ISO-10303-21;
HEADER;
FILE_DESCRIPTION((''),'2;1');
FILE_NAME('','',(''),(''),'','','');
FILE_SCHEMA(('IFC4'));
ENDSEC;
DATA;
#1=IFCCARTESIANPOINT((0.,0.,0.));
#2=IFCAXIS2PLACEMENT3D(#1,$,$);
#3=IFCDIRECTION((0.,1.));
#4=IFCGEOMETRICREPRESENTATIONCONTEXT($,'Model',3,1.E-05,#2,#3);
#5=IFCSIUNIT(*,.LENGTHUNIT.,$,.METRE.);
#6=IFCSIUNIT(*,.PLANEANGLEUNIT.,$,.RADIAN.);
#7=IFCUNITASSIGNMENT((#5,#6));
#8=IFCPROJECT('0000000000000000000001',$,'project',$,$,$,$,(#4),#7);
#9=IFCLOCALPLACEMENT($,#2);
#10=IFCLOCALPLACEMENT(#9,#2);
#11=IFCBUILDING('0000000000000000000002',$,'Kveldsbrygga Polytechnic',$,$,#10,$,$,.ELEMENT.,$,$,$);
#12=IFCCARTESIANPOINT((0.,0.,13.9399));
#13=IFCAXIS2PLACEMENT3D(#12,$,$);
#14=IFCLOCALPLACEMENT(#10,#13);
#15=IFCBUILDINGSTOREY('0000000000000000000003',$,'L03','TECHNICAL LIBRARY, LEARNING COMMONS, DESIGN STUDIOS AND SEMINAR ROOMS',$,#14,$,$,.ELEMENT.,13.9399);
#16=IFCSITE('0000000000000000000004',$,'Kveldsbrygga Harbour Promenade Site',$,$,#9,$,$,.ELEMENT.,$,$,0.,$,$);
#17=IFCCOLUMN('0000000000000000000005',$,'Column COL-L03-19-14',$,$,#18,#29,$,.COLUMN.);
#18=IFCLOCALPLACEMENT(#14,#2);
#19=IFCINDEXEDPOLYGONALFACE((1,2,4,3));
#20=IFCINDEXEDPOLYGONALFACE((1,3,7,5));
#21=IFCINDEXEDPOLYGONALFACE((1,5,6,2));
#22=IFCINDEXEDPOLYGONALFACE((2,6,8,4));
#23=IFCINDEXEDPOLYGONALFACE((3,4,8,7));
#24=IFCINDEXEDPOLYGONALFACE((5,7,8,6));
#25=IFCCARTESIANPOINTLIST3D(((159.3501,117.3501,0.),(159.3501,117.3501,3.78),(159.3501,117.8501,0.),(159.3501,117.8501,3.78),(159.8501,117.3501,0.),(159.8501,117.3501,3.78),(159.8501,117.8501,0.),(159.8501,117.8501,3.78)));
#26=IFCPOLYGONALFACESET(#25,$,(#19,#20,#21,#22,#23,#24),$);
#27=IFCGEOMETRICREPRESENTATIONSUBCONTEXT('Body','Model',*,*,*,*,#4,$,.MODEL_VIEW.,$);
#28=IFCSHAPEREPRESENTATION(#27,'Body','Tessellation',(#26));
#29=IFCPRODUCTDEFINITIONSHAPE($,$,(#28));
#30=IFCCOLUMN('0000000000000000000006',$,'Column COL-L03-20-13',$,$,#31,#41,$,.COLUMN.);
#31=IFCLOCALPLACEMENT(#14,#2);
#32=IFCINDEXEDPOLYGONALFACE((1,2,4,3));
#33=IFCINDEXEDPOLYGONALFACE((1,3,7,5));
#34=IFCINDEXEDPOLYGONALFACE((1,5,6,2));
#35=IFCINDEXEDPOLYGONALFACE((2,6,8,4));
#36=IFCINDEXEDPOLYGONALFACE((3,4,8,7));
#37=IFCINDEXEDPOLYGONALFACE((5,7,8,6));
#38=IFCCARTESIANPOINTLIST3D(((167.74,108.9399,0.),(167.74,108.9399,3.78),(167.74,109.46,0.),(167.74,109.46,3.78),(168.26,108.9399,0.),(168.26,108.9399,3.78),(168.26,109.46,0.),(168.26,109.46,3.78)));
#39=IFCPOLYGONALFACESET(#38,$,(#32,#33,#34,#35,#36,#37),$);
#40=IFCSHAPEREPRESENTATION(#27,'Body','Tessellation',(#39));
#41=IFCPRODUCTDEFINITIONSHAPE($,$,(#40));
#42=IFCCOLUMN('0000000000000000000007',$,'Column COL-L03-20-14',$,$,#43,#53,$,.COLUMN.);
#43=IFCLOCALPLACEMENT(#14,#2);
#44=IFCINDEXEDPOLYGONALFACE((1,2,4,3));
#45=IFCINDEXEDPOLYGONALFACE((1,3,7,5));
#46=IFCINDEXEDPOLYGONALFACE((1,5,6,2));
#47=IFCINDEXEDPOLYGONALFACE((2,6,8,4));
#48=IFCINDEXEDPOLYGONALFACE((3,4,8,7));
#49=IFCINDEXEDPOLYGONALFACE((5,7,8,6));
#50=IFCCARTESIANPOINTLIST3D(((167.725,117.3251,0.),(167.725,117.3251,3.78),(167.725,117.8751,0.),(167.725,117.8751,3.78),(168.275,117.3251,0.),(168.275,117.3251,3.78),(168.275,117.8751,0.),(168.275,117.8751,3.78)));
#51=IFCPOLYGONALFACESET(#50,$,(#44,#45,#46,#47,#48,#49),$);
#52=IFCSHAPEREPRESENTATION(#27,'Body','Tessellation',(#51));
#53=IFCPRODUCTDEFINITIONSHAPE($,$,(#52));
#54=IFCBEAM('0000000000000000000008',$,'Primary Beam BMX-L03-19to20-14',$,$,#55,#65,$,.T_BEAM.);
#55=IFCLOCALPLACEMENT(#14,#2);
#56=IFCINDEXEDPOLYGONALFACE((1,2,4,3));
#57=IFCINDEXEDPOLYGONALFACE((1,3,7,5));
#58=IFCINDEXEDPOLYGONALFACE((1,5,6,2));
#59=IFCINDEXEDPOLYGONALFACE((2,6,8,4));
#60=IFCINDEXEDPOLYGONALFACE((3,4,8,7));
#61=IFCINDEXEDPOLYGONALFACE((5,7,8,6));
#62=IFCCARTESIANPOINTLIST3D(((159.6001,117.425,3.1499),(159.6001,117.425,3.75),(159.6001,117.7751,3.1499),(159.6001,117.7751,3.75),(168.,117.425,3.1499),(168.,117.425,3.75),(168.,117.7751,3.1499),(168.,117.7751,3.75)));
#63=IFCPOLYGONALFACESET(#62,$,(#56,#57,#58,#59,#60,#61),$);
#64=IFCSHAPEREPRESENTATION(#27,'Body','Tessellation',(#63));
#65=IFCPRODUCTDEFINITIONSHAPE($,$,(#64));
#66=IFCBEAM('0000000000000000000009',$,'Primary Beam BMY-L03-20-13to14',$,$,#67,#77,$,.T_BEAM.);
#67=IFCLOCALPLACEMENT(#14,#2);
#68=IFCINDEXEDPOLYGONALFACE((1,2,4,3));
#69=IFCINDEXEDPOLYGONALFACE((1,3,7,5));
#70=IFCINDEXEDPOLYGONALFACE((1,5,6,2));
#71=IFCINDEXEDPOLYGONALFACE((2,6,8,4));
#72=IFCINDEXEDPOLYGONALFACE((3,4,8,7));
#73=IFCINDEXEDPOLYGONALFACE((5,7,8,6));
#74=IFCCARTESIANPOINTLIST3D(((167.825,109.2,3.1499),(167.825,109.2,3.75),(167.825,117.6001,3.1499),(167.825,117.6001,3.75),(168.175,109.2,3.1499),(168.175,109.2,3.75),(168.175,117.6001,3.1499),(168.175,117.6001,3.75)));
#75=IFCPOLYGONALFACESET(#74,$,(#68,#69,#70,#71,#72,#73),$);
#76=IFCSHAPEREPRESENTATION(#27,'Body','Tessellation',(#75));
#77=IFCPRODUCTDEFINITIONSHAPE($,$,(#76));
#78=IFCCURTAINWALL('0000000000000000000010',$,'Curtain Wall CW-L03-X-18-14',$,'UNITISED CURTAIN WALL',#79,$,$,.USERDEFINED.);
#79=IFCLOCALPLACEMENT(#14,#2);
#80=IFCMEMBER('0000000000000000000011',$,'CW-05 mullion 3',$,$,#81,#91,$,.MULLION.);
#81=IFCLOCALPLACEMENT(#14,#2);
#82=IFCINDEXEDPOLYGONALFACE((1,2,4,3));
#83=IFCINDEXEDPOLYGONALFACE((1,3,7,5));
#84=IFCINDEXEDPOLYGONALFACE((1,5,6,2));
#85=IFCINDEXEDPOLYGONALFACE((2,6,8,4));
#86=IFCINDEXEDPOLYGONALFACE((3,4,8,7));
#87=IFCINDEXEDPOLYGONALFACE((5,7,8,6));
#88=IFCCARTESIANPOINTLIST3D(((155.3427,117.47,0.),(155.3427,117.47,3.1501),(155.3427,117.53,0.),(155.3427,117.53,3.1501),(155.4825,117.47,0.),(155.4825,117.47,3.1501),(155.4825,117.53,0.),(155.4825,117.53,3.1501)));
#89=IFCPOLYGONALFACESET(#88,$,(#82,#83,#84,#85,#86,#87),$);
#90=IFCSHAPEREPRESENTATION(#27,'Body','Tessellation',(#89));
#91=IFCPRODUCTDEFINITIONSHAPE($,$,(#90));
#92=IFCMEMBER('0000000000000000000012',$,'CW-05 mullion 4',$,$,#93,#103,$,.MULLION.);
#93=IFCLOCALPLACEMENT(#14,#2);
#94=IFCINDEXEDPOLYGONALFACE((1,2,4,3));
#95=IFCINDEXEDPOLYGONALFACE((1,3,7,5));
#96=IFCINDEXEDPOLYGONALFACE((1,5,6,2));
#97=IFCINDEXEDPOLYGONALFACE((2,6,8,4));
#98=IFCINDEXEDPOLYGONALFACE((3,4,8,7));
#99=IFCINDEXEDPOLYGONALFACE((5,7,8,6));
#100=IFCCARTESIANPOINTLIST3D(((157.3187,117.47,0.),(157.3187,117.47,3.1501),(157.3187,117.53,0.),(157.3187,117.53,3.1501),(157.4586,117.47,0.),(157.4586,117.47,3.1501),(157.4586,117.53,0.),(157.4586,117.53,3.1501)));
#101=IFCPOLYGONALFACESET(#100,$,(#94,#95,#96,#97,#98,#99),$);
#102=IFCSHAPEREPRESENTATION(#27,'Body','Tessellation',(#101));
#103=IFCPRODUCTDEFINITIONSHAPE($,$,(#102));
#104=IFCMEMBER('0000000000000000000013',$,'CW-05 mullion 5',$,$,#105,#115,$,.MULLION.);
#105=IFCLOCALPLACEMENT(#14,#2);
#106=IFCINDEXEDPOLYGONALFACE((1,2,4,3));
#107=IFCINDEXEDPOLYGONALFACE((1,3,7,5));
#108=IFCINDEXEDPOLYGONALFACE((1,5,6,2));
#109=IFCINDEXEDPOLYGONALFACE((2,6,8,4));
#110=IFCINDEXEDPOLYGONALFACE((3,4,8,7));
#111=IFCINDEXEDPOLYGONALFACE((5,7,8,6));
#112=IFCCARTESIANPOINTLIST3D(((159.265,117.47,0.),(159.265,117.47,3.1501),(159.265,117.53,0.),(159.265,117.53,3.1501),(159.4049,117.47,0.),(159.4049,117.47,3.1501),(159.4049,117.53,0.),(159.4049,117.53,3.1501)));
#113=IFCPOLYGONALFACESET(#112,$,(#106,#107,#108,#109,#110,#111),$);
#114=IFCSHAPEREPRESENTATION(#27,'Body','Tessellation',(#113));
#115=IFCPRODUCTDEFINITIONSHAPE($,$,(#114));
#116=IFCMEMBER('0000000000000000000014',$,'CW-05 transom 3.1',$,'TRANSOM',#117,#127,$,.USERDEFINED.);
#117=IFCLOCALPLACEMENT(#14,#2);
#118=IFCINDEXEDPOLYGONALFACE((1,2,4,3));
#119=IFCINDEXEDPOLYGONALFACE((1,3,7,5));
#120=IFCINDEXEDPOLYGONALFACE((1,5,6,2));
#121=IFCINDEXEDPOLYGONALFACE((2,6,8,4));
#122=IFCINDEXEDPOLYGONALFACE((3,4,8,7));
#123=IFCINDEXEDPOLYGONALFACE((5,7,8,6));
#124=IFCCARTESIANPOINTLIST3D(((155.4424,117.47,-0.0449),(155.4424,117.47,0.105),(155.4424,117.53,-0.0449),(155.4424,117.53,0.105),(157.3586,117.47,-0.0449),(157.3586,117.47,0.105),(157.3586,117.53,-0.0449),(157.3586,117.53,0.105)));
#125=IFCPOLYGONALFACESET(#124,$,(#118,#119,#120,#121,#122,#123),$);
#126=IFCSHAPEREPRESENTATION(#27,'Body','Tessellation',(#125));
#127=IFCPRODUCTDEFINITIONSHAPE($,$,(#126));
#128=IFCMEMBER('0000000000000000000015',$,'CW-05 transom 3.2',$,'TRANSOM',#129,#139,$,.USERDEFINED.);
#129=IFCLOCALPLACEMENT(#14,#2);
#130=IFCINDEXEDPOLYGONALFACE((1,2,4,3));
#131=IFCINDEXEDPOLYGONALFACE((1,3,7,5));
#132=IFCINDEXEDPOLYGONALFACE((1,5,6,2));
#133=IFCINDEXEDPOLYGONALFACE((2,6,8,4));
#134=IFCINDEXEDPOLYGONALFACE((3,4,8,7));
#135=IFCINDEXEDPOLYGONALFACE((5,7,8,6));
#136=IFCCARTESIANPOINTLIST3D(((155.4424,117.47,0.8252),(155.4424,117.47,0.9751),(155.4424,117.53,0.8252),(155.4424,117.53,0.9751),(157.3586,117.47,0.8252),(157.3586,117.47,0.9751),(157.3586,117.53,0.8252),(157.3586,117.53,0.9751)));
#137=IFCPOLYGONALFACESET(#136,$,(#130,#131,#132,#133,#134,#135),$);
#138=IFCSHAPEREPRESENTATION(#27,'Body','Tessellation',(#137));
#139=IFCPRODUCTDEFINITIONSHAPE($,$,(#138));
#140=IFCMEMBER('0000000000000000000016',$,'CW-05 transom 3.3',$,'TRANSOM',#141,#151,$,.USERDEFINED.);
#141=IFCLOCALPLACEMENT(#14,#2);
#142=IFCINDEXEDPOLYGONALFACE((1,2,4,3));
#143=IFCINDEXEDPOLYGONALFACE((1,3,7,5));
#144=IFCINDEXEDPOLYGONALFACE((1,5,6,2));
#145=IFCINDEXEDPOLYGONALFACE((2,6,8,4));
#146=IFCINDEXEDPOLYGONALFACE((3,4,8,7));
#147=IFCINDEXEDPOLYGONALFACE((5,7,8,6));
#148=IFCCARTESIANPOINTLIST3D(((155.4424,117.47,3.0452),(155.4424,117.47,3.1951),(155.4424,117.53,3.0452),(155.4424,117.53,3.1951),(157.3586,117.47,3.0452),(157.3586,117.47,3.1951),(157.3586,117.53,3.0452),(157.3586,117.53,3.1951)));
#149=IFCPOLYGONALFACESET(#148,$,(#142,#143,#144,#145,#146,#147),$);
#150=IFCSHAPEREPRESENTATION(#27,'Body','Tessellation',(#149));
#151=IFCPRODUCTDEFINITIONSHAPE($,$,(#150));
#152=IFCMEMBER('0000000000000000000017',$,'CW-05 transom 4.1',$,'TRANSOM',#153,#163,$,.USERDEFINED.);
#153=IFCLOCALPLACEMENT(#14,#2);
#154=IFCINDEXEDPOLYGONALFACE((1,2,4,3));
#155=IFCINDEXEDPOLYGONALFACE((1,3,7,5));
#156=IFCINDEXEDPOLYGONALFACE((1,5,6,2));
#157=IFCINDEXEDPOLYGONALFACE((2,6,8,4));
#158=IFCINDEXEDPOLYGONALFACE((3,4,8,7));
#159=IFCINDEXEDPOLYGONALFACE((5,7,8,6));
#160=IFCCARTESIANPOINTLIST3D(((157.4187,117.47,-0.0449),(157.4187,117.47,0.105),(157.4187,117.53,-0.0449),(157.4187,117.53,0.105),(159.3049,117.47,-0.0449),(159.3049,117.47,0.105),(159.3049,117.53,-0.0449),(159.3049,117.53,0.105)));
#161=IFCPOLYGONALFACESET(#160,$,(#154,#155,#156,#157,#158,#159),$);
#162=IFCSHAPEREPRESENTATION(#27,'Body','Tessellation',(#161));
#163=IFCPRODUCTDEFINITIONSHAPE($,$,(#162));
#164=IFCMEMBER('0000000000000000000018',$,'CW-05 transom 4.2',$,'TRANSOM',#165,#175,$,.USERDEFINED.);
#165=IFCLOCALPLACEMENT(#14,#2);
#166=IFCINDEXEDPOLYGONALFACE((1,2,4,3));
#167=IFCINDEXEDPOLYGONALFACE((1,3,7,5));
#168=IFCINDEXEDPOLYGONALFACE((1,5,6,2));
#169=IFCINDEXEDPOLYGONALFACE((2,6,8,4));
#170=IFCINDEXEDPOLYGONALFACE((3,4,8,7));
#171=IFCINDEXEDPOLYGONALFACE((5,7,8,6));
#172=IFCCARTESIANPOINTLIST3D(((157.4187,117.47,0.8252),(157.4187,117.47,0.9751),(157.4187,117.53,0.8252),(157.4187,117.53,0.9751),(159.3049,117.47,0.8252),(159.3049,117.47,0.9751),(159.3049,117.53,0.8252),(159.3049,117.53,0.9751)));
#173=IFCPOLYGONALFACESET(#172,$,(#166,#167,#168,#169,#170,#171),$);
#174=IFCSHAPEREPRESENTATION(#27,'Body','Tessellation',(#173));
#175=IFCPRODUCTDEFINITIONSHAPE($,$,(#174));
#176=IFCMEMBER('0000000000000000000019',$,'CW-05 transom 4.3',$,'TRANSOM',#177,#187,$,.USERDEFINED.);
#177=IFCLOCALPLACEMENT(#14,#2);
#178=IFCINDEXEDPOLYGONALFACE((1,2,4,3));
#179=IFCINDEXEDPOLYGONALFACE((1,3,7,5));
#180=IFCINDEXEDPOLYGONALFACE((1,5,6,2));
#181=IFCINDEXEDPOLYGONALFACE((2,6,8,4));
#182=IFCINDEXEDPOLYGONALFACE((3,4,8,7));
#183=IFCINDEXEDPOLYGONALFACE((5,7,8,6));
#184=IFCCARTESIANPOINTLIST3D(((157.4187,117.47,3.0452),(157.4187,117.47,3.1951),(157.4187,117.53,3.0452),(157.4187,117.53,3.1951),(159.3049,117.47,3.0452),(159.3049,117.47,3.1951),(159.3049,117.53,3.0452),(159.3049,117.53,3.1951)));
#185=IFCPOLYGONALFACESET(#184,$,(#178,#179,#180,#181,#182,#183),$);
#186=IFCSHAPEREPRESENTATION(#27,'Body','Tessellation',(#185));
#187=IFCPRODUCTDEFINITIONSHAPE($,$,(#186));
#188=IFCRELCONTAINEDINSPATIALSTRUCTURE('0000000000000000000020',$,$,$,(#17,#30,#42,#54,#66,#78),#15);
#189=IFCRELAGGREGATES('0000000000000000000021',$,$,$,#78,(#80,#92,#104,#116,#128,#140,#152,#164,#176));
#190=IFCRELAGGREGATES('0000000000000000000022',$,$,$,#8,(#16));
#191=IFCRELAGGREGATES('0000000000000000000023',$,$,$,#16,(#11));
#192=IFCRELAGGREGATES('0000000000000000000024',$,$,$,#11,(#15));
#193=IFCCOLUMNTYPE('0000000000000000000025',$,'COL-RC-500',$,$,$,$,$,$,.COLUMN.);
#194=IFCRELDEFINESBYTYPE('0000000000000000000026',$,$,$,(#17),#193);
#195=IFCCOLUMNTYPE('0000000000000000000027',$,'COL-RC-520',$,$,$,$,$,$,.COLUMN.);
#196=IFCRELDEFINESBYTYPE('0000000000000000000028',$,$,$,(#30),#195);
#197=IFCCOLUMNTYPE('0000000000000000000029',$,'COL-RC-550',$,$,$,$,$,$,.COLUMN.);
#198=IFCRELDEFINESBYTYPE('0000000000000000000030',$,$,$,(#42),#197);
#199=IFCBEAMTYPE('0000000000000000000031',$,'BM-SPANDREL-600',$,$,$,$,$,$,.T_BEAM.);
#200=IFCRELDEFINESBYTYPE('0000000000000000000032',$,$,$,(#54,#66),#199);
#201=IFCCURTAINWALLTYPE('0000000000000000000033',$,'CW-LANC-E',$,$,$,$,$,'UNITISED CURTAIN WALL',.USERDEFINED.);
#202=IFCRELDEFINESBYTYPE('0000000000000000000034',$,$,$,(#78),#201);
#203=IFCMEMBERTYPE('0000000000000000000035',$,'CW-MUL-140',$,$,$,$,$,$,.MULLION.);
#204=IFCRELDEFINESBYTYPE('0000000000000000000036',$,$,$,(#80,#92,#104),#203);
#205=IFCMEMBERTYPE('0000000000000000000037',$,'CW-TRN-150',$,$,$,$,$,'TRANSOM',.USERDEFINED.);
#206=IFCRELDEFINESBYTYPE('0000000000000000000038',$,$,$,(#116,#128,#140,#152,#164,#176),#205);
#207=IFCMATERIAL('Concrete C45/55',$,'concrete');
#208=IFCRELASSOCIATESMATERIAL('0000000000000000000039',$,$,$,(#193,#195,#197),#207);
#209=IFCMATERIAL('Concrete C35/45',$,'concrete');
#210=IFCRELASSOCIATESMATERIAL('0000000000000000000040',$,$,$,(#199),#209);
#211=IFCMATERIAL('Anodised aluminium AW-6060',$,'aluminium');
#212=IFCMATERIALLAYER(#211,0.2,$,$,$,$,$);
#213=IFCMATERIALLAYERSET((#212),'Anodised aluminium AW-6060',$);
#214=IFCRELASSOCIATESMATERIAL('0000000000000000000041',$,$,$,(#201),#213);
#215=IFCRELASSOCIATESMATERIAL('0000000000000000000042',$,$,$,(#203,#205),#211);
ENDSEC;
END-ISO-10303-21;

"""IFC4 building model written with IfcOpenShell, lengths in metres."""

from ifc_helpers import new_model, si_unit, direction, frame, origin, origin_2d, place, context, subcontext, project, spatial, rectangle, extrude, material, layer, layer_set, material_profile, profile_set, type_object, element, aggregate, save


model = new_model("IFC4")

# Units and contexts
model_context = context("Model", 3, precision=1e-05, world=origin(), true_north=direction((0.0, 1.0)))
body_context = subcontext(model_context, "Body", "Model", "MODEL_VIEW")
ifc_project = project(units=[si_unit("LENGTHUNIT", "METRE"), si_unit("PLANEANGLEUNIT", "RADIAN")], contexts=[model_context])

# Site, building, storey
site_placement = place(None, origin())
site = spatial("IfcSite", under=ifc_project, at=site_placement, Name="Kveldsbrygga Harbour Promenade Site", CompositionType="ELEMENT", RefElevation=0.0)
building_placement = place(site_placement, origin())
building = spatial("IfcBuilding", under=site, at=building_placement, Name="Kveldsbrygga Polytechnic", CompositionType="ELEMENT")
storey_placement = place(building_placement, frame((0.0, 0.0, 13.9399)))
storey = spatial("IfcBuildingStorey", under=building, at=storey_placement, Name="L03", Description="TECHNICAL LIBRARY, LEARNING COMMONS, DESIGN STUDIOS AND SEMINAR ROOMS", CompositionType="ELEMENT", Elevation=13.9399)

# Columns
ifc_material_1 = material(Name="Concrete C45/55", Category="concrete")
ifc_material_profile_1 = material_profile(ifc_material_1, rectangle(XDim=0.5, YDim=0.5, at=origin_2d()), Name="RC 500x500")
ifc_profile_set_1 = profile_set([ifc_material_profile_1], Name="Concrete C45/55")
column_type_1 = type_object("IfcColumnType", Name="COL-RC-500", PredefinedType="COLUMN", material=ifc_profile_set_1)
column_1_placement = place(storey_placement, frame((159.6001, 117.6001, 0.0), z_axis=(0.0, 0.0, 1.0), x_axis=(1.0, 0.0, 0.0)))
element("IfcColumn", 1, at=column_1_placement, inside=storey, type_object=column_type_1, Name="Column COL-L03-19-14", PredefinedType="COLUMN", context=body_context, shape_type="SweptSolid", body=[
    extrude(rectangle(XDim=0.5, YDim=0.5, at=origin_2d()), origin(), (0.0, 0.0, 1.0), 3.78),
])
ifc_material_profile_2 = material_profile(ifc_material_1, rectangle(XDim=0.52, YDim=0.52, at=origin_2d()), Name="RC 520x520")
ifc_profile_set_2 = profile_set([ifc_material_profile_2], Name="Concrete C45/55")
column_type_2 = type_object("IfcColumnType", Name="COL-RC-520", PredefinedType="COLUMN", material=ifc_profile_set_2)
column_2_placement = place(storey_placement, frame((168.0, 109.2, 0.0), z_axis=(0.0, 0.0, 1.0), x_axis=(1.0, 0.0, 0.0)))
element("IfcColumn", 2, at=column_2_placement, inside=storey, type_object=column_type_2, Name="Column COL-L03-20-13", PredefinedType="COLUMN", context=body_context, shape_type="SweptSolid", body=[
    extrude(rectangle(XDim=0.52, YDim=0.52, at=origin_2d()), origin(), (0.0, 0.0, 1.0), 3.78),
])
ifc_material_profile_3 = material_profile(ifc_material_1, rectangle(XDim=0.55, YDim=0.55, at=origin_2d()), Name="RC 550x550")
ifc_profile_set_3 = profile_set([ifc_material_profile_3], Name="Concrete C45/55")
column_type_3 = type_object("IfcColumnType", Name="COL-RC-550", PredefinedType="COLUMN", material=ifc_profile_set_3)
column_3_placement = place(storey_placement, frame((168.0, 117.6001, 0.0), z_axis=(0.0, 0.0, 1.0), x_axis=(1.0, 0.0, 0.0)))
element("IfcColumn", 3, at=column_3_placement, inside=storey, type_object=column_type_3, Name="Column COL-L03-20-14", PredefinedType="COLUMN", context=body_context, shape_type="SweptSolid", body=[
    extrude(rectangle(XDim=0.55, YDim=0.55, at=origin_2d()), origin(), (0.0, 0.0, 1.0), 3.78),
])

# Beams
ifc_material_2 = material(Name="Concrete C35/45", Category="concrete")
ifc_material_profile_4 = material_profile(ifc_material_2, rectangle(XDim=0.3501, YDim=0.6001, at=origin_2d()), Name="RC 350x600")
ifc_profile_set_4 = profile_set([ifc_material_profile_4], Name="Concrete C35/45")
beam_type_1 = type_object("IfcBeamType", Name="BM-SPANDREL-600", PredefinedType="T_BEAM", material=ifc_profile_set_4)
beam_1_placement = place(storey_placement, frame((159.6001, 117.6001, 3.45), z_axis=(1.0, 0.0, 0.0), x_axis=(0.0, 1.0, 0.0)))
element("IfcBeam", 4, at=beam_1_placement, inside=storey, type_object=beam_type_1, Name="Primary Beam BMX-L03-19to20-14", PredefinedType="T_BEAM", context=body_context, shape_type="SweptSolid", body=[
    extrude(rectangle(XDim=0.3501, YDim=0.6001, at=origin_2d()), origin(), (0.0, 0.0, 1.0), 8.3999),
])
beam_2_placement = place(storey_placement, frame((168.0, 109.2, 3.45), z_axis=(0.0, 1.0, 0.0), x_axis=(-1.0, 0.0, 0.0)))
element("IfcBeam", 5, at=beam_2_placement, inside=storey, type_object=beam_type_1, Name="Primary Beam BMY-L03-20-13to14", PredefinedType="T_BEAM", context=body_context, shape_type="SweptSolid", body=[
    extrude(rectangle(XDim=0.3501, YDim=0.6001, at=origin_2d()), origin(), (0.0, 0.0, 1.0), 8.4001),
])

# Curtain wall, members
ifc_material_3 = material(Name="Anodised aluminium AW-6060", Category="aluminium")
ifc_layer_1 = layer(ifc_material_3, 0.2)
ifc_layer_set_1 = layer_set([ifc_layer_1], Name="Anodised aluminium AW-6060")
curtain_wall_type = type_object("IfcCurtainWallType", Name="CW-LANC-E", ElementType="UNITISED CURTAIN WALL", PredefinedType="USERDEFINED", material=ifc_layer_set_1)
curtain_wall_placement = place(storey_placement, origin())
curtain_wall = element("IfcCurtainWall", 6, at=curtain_wall_placement, inside=storey, type_object=curtain_wall_type, Name="Curtain Wall CW-L03-X-18-14", ObjectType="UNITISED CURTAIN WALL", PredefinedType="USERDEFINED")
ifc_material_profile_5 = material_profile(ifc_material_3, rectangle(XDim=0.0601, YDim=0.1399, at=origin_2d()), Name="ALU 60x140")
ifc_profile_set_5 = profile_set([ifc_material_profile_5], Name="Anodised aluminium AW-6060")
member_type_1 = type_object("IfcMemberType", Name="CW-MUL-140", PredefinedType="MULLION", material=ifc_profile_set_5)
member_1_placement = place(storey_placement, frame((155.4126, 117.5, 0.0), z_axis=(0.0, 0.0, 1.0), x_axis=(0.0, 1.0, 0.0)))
member_1 = element("IfcMember", 7, at=member_1_placement, type_object=member_type_1, Name="CW-05 mullion 3", PredefinedType="MULLION", context=body_context, shape_type="SweptSolid", body=[
    extrude(rectangle(XDim=0.0601, YDim=0.1399, at=origin_2d()), origin(), (0.0, 0.0, 1.0), 3.1501),
])
member_2_placement = place(storey_placement, frame((157.3887, 117.5, 0.0), z_axis=(0.0, 0.0, 1.0), x_axis=(0.0, 1.0, 0.0)))
member_2 = element("IfcMember", 8, at=member_2_placement, type_object=member_type_1, Name="CW-05 mullion 4", PredefinedType="MULLION", context=body_context, shape_type="SweptSolid", body=[
    extrude(rectangle(XDim=0.0601, YDim=0.1399, at=origin_2d()), origin(), (0.0, 0.0, 1.0), 3.1501),
])
member_3_placement = place(storey_placement, frame((159.335, 117.5, 0.0), z_axis=(0.0, 0.0, 1.0), x_axis=(0.0, 1.0, 0.0)))
member_3 = element("IfcMember", 9, at=member_3_placement, type_object=member_type_1, Name="CW-05 mullion 5", PredefinedType="MULLION", context=body_context, shape_type="SweptSolid", body=[
    extrude(rectangle(XDim=0.0601, YDim=0.1399, at=origin_2d()), origin(), (0.0, 0.0, 1.0), 3.1501),
])
ifc_material_profile_6 = material_profile(ifc_material_3, rectangle(XDim=0.0601, YDim=0.1499, at=origin_2d()), Name="ALU 60x150")
ifc_profile_set_6 = profile_set([ifc_material_profile_6], Name="Anodised aluminium AW-6060")
member_type_2 = type_object("IfcMemberType", Name="CW-TRN-150", ElementType="TRANSOM", PredefinedType="USERDEFINED", material=ifc_profile_set_6)
member_4_placement = place(storey_placement, frame((155.4424, 117.5, 0.03), z_axis=(1.0, 0.0, 0.0), x_axis=(0.0, 1.0, 0.0)))
member_4 = element("IfcMember", 10, at=member_4_placement, type_object=member_type_2, Name="CW-05 transom 3.1", ObjectType="TRANSOM", PredefinedType="USERDEFINED", context=body_context, shape_type="SweptSolid", body=[
    extrude(rectangle(XDim=0.0601, YDim=0.1499, at=origin_2d()), origin(), (0.0, 0.0, 1.0), 1.9163),
])
member_5_placement = place(storey_placement, frame((155.4424, 117.5, 0.9001), z_axis=(1.0, 0.0, 0.0), x_axis=(0.0, 1.0, 0.0)))
member_5 = element("IfcMember", 11, at=member_5_placement, type_object=member_type_2, Name="CW-05 transom 3.2", ObjectType="TRANSOM", PredefinedType="USERDEFINED", context=body_context, shape_type="SweptSolid", body=[
    extrude(rectangle(XDim=0.0601, YDim=0.1499, at=origin_2d()), origin(), (0.0, 0.0, 1.0), 1.9163),
])
member_6_placement = place(storey_placement, frame((155.4424, 117.5, 3.1201), z_axis=(1.0, 0.0, 0.0), x_axis=(0.0, 1.0, 0.0)))
member_6 = element("IfcMember", 12, at=member_6_placement, type_object=member_type_2, Name="CW-05 transom 3.3", ObjectType="TRANSOM", PredefinedType="USERDEFINED", context=body_context, shape_type="SweptSolid", body=[
    extrude(rectangle(XDim=0.0601, YDim=0.1499, at=origin_2d()), origin(), (0.0, 0.0, 1.0), 1.9163),
])
member_7_placement = place(storey_placement, frame((157.4187, 117.5, 0.03), z_axis=(1.0, 0.0, 0.0), x_axis=(0.0, 1.0, 0.0)))
member_7 = element("IfcMember", 13, at=member_7_placement, type_object=member_type_2, Name="CW-05 transom 4.1", ObjectType="TRANSOM", PredefinedType="USERDEFINED", context=body_context, shape_type="SweptSolid", body=[
    extrude(rectangle(XDim=0.0601, YDim=0.1499, at=origin_2d()), origin(), (0.0, 0.0, 1.0), 1.8862),
])
member_8_placement = place(storey_placement, frame((157.4187, 117.5, 0.9001), z_axis=(1.0, 0.0, 0.0), x_axis=(0.0, 1.0, 0.0)))
member_8 = element("IfcMember", 14, at=member_8_placement, type_object=member_type_2, Name="CW-05 transom 4.2", ObjectType="TRANSOM", PredefinedType="USERDEFINED", context=body_context, shape_type="SweptSolid", body=[
    extrude(rectangle(XDim=0.0601, YDim=0.1499, at=origin_2d()), origin(), (0.0, 0.0, 1.0), 1.8862),
])
member_9_placement = place(storey_placement, frame((157.4187, 117.5, 3.1201), z_axis=(1.0, 0.0, 0.0), x_axis=(0.0, 1.0, 0.0)))
member_9 = element("IfcMember", 15, at=member_9_placement, type_object=member_type_2, Name="CW-05 transom 4.3", ObjectType="TRANSOM", PredefinedType="USERDEFINED", context=body_context, shape_type="SweptSolid", body=[
    extrude(rectangle(XDim=0.0601, YDim=0.1499, at=origin_2d()), origin(), (0.0, 0.0, 1.0), 1.8862),
])

aggregate(curtain_wall, [member_1, member_2, member_3, member_4, member_5, member_6, member_7, member_8, member_9])

save(model, "model.ifc")
